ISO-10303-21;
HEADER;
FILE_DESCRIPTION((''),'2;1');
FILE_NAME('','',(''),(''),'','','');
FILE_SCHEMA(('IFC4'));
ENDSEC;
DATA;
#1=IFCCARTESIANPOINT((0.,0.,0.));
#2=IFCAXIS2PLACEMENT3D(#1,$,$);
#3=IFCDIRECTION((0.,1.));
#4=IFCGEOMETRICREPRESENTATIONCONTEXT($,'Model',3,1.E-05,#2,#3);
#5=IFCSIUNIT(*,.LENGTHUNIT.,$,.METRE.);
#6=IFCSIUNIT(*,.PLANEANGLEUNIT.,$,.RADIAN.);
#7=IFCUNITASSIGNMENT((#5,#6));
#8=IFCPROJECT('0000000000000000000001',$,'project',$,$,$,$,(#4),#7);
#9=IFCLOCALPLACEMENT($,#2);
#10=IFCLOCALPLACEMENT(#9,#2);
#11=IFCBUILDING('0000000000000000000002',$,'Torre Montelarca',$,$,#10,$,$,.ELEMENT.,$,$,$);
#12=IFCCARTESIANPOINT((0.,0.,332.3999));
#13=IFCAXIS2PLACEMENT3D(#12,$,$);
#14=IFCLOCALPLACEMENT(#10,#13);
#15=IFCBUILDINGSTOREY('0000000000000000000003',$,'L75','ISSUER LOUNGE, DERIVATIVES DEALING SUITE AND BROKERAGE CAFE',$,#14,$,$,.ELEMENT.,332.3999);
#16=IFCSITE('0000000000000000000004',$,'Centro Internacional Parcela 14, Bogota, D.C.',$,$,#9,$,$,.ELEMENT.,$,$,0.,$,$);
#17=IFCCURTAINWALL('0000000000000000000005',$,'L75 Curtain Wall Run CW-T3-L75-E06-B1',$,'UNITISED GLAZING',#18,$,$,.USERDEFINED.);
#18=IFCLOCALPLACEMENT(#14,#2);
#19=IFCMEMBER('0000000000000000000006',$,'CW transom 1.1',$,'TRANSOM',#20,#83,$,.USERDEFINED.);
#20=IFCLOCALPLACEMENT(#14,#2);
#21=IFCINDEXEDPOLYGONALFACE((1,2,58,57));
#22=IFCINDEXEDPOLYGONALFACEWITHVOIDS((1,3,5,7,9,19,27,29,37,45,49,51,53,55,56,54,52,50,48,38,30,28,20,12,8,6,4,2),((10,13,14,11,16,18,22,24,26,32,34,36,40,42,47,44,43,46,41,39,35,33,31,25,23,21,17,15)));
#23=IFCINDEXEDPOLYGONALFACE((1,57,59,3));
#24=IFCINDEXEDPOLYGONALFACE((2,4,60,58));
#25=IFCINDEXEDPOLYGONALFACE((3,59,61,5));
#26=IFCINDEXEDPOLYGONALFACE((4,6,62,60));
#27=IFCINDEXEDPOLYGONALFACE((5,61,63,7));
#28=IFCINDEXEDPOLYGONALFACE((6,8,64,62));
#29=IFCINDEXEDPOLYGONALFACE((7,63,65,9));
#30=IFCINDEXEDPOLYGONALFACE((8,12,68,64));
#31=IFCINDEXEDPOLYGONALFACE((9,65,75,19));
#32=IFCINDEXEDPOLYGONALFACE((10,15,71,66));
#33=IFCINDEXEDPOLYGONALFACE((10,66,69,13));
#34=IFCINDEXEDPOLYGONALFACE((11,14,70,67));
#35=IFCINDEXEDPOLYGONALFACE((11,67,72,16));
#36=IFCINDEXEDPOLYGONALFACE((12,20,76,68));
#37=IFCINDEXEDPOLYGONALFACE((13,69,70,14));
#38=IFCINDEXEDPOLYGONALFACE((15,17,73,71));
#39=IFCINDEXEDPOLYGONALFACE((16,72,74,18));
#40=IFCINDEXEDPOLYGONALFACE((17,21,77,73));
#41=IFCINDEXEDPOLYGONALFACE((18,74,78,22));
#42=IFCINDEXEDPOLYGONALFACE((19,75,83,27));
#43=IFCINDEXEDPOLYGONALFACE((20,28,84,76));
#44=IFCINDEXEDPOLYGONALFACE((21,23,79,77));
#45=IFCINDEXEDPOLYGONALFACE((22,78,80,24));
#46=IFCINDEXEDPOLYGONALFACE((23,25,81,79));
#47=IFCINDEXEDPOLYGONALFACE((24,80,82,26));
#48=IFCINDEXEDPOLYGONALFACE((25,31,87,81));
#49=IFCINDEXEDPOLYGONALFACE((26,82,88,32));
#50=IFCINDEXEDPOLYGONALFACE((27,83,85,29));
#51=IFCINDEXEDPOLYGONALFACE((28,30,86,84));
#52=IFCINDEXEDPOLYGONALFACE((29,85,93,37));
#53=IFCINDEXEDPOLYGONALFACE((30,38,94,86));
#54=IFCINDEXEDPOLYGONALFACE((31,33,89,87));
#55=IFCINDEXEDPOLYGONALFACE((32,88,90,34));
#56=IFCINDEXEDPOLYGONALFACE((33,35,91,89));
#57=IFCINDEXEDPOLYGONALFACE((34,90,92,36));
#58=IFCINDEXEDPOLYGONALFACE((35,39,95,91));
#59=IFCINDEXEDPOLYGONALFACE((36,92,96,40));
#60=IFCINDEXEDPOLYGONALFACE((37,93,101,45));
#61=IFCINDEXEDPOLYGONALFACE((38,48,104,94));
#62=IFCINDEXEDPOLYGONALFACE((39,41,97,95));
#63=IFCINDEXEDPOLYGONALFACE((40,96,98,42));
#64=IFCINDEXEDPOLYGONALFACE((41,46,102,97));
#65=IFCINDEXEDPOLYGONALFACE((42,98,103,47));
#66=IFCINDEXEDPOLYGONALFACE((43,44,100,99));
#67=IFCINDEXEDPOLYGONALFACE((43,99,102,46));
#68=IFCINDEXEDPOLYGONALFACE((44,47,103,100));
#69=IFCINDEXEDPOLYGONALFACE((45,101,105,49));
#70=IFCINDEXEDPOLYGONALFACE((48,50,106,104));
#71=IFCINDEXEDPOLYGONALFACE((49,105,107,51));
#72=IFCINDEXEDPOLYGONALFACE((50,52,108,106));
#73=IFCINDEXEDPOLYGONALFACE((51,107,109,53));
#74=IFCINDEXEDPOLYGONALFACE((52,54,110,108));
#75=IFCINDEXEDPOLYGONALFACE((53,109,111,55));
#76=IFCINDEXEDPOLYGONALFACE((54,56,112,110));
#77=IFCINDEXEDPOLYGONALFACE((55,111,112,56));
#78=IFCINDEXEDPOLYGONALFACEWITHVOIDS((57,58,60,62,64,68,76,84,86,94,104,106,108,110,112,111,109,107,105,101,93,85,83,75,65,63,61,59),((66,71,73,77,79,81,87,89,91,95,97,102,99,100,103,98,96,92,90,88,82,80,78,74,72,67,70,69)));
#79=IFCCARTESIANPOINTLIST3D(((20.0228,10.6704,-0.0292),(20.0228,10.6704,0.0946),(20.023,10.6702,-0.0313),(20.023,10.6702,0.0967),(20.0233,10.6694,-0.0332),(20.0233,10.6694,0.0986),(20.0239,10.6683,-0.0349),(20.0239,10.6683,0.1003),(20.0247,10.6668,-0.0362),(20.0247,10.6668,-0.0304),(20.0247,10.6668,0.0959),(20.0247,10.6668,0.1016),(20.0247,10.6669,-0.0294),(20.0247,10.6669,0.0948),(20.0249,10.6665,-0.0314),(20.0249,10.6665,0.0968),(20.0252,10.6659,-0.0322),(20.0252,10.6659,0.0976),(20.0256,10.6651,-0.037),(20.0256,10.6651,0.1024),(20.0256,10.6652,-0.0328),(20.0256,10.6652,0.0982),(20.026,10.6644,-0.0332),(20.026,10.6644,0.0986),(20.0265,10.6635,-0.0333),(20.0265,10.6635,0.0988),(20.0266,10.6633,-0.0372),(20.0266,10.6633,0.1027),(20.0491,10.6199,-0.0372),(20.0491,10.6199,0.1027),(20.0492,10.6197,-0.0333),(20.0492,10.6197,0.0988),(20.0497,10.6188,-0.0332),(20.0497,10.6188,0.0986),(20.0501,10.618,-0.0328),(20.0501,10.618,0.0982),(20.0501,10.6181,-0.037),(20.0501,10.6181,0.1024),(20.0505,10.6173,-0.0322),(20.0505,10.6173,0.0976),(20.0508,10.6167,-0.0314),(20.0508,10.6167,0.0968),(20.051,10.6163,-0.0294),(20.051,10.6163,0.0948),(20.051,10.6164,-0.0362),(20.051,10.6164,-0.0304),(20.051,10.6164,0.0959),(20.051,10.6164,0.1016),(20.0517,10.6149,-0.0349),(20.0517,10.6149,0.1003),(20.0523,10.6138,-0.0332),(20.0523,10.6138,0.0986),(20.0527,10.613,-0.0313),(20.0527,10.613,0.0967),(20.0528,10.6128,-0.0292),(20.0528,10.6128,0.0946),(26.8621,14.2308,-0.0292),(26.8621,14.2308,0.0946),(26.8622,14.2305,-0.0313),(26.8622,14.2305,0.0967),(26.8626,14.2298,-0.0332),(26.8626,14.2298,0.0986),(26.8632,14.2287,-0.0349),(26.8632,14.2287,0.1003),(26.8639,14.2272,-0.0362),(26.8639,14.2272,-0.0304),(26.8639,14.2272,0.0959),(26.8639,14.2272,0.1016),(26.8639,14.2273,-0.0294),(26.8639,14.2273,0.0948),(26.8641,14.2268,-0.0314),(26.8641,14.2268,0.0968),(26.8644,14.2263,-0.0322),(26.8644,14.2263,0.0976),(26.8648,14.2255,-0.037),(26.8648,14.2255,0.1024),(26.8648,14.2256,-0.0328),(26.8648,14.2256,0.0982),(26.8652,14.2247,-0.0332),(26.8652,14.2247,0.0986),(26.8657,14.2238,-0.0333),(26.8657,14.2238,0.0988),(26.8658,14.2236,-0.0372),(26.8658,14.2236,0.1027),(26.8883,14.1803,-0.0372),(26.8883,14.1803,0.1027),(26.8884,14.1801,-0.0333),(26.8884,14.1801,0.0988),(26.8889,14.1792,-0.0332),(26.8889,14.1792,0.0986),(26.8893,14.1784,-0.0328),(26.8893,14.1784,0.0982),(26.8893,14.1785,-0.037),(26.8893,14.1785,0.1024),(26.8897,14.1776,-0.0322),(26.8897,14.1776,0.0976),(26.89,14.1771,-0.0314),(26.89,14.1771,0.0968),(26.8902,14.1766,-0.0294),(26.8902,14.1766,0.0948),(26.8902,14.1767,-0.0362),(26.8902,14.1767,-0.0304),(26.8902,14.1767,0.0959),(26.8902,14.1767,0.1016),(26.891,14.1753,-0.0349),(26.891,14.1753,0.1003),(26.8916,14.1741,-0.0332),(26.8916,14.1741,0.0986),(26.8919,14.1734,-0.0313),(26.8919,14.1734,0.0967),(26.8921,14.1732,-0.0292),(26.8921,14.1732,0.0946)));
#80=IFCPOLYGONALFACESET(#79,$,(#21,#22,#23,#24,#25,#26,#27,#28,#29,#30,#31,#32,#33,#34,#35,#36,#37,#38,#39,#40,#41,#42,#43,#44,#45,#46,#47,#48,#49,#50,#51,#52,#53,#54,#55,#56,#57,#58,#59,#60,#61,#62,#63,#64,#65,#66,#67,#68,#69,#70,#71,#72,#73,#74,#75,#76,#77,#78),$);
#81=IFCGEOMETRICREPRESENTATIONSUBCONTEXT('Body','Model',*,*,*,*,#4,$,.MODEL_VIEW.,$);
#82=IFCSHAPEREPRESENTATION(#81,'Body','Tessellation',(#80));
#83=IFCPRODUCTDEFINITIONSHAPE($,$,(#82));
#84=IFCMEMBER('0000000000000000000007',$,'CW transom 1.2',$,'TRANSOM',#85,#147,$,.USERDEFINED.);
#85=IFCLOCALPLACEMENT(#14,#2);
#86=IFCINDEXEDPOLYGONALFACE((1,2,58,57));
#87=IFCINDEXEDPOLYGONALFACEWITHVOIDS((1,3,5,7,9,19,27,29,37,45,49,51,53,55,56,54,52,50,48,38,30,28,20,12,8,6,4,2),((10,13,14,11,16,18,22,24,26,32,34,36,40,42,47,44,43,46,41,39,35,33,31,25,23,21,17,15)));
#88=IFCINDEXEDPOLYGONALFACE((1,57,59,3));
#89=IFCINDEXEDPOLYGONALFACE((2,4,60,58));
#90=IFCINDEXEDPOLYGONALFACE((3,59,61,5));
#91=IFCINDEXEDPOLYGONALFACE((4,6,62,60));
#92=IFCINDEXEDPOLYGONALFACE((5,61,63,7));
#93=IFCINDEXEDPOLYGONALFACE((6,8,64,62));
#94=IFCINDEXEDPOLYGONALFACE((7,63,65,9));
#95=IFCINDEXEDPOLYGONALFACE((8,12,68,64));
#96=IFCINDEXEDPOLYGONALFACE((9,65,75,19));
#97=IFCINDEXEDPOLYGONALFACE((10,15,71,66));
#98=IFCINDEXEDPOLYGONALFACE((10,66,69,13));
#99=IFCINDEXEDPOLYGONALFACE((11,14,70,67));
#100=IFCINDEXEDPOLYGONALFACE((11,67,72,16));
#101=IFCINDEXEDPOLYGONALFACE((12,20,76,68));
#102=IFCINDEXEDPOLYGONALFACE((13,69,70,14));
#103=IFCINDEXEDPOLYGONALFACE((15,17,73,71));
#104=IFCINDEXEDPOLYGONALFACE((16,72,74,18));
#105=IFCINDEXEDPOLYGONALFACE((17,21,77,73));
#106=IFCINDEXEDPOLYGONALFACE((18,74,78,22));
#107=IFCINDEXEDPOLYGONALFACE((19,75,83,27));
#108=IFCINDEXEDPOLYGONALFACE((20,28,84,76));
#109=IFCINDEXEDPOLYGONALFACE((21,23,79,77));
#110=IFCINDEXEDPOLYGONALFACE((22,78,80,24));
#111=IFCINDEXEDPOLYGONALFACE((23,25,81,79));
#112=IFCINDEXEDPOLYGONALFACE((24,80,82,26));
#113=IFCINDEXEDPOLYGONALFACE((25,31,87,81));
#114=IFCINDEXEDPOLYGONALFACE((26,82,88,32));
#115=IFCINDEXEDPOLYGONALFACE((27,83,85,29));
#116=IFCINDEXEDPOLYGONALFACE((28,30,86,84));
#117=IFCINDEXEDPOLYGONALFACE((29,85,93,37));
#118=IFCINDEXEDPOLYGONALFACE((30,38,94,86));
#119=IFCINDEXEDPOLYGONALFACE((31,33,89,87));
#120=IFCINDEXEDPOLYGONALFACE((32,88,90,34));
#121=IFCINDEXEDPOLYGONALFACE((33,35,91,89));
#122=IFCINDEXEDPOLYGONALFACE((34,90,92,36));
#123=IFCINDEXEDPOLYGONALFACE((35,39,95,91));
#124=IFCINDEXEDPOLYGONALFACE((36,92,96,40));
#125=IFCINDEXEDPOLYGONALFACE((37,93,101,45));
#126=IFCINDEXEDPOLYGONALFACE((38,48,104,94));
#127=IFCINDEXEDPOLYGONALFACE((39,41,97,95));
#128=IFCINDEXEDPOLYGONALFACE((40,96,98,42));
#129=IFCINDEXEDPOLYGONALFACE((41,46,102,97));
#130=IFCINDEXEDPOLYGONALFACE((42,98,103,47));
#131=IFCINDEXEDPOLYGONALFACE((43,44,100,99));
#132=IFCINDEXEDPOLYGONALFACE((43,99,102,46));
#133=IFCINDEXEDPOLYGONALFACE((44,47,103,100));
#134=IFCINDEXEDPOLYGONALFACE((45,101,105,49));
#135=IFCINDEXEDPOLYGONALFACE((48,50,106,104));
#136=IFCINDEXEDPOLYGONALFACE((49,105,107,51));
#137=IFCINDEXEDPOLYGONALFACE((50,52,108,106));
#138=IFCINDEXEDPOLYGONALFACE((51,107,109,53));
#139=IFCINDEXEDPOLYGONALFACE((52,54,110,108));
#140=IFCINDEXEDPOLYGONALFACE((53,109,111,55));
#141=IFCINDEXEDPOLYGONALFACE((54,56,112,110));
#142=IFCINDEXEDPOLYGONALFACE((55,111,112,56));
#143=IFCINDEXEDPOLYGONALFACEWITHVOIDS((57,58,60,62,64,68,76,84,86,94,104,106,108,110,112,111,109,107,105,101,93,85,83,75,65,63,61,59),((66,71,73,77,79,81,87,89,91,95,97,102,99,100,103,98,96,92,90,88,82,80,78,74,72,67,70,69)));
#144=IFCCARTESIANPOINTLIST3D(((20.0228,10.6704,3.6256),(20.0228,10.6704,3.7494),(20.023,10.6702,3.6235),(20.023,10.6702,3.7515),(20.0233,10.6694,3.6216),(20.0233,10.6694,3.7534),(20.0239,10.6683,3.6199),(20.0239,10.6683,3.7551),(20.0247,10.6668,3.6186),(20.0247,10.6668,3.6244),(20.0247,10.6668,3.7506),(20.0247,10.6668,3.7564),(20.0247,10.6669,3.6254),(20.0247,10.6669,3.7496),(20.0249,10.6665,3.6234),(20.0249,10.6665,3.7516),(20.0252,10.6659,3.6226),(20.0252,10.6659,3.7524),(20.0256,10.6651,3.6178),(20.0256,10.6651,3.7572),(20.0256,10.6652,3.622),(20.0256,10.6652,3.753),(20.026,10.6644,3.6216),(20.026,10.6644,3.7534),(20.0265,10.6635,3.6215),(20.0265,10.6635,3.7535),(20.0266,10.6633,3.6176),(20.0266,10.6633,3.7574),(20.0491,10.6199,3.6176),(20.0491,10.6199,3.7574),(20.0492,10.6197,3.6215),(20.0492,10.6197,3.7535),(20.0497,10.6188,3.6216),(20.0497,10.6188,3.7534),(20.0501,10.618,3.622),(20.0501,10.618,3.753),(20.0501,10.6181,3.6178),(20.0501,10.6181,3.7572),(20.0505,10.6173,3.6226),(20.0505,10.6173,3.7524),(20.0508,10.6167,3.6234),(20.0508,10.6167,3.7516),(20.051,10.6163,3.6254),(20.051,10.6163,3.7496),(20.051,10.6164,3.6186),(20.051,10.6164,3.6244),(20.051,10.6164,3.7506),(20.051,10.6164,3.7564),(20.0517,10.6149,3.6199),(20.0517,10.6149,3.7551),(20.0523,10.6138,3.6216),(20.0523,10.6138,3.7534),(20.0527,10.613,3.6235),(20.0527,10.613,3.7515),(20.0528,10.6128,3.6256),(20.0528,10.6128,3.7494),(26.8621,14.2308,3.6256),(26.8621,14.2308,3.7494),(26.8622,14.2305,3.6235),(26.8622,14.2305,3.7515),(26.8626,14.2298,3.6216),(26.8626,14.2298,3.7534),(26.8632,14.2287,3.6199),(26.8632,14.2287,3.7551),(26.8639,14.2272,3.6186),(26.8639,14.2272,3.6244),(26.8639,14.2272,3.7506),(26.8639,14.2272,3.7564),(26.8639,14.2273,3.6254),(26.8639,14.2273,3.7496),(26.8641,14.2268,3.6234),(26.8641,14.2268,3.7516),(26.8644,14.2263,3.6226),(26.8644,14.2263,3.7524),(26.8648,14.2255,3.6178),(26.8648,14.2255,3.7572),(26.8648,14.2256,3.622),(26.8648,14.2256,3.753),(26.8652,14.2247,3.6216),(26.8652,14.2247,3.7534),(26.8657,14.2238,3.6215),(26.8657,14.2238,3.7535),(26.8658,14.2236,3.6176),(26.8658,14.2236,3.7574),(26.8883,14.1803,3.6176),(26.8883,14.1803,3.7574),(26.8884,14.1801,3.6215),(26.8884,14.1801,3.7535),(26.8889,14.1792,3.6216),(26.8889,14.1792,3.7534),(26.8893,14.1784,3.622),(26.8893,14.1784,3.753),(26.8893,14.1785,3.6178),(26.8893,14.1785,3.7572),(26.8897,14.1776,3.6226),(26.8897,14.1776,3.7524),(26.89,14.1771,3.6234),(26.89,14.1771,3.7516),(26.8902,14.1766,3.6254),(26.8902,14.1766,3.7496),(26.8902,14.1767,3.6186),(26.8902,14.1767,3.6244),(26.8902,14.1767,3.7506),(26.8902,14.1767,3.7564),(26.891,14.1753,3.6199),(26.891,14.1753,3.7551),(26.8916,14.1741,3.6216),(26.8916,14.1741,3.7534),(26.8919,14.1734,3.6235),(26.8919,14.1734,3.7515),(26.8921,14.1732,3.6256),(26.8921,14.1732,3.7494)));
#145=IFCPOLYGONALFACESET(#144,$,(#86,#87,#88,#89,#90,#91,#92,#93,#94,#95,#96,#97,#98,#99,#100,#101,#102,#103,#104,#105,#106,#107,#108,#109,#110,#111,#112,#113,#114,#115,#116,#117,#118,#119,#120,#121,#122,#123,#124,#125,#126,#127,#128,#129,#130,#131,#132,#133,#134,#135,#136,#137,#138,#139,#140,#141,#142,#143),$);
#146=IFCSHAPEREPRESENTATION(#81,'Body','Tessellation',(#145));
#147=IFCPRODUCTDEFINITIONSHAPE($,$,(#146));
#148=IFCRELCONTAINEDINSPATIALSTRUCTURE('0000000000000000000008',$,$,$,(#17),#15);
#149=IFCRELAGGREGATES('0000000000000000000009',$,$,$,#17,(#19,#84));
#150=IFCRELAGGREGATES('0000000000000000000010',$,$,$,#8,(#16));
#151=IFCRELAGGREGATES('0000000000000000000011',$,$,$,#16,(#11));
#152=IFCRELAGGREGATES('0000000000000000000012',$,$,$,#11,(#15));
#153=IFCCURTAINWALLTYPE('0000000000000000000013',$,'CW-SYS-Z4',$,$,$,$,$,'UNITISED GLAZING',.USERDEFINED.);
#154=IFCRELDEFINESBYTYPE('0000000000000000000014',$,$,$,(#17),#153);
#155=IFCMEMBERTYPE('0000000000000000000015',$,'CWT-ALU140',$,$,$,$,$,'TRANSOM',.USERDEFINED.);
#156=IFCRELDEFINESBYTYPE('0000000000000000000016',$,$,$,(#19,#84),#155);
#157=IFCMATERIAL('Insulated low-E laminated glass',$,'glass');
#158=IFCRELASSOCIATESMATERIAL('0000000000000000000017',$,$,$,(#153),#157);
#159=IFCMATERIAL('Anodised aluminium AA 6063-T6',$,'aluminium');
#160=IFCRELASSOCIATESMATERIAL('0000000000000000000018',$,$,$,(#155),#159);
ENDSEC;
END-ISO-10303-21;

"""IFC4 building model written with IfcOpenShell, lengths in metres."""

from ifc_helpers import new_model, si_unit, direction, frame, origin, origin_2d, place, context, subcontext, project, spatial, hollow_rectangle, extrude, source, transform, mapped, material, material_profile, profile_set, type_object, element, aggregate, save


model = new_model("IFC4")

# Units and contexts
model_context = context("Model", 3, precision=1e-05, world=origin(), true_north=direction((0.0, 1.0)))
body_context = subcontext(model_context, "Body", "Model", "MODEL_VIEW")
ifc_project = project(units=[si_unit("LENGTHUNIT", "METRE"), si_unit("PLANEANGLEUNIT", "RADIAN")], contexts=[model_context])

# Site, building, storey
site_placement = place(None, origin())
site = spatial("IfcSite", under=ifc_project, at=site_placement, Name="Centro Internacional Parcela 14, Bogota, D.C.", CompositionType="ELEMENT", RefElevation=0.0)
building_placement = place(site_placement, origin())
building = spatial("IfcBuilding", under=site, at=building_placement, Name="Torre Montelarca", CompositionType="ELEMENT")
storey_placement = place(building_placement, frame((0.0, 0.0, 332.3999)))
storey = spatial("IfcBuildingStorey", under=building, at=storey_placement, Name="L75", Description="ISSUER LOUNGE, DERIVATIVES DEALING SUITE AND BROKERAGE CAFE", CompositionType="ELEMENT", Elevation=332.3999)

# Curtain wall, members
ifc_material_1 = material(Name="Insulated low-E laminated glass", Category="glass")
curtain_wall_type = type_object("IfcCurtainWallType", Name="CW-SYS-Z4", ElementType="UNITISED GLAZING", PredefinedType="USERDEFINED", material=ifc_material_1)
curtain_wall_placement = place(storey_placement, origin())
curtain_wall = element("IfcCurtainWall", 1, at=curtain_wall_placement, inside=storey, type_object=curtain_wall_type, Name="L75 Curtain Wall Run CW-T3-L75-E06-B1", ObjectType="UNITISED GLAZING", PredefinedType="USERDEFINED")
ifc_material_2 = material(Name="Anodised aluminium AA 6063-T6", Category="aluminium")
ifc_material_profile_1 = material_profile(ifc_material_2, hollow_rectangle(XDim=0.0649, YDim=0.1399, WallThickness=0.0039, InnerFilletRadius=0.0039, OuterFilletRadius=0.0081, at=origin_2d()), Name="ALU65X140X4", Category="aluminium")
ifc_profile_set_1 = profile_set([ifc_material_profile_1], Name="Anodised aluminium AA 6063-T6")
member_type_1 = type_object("IfcMemberType", Name="CWT-ALU140", ElementType="TRANSOM", PredefinedType="USERDEFINED", material=ifc_profile_set_1)
shared_shape_1 = source(origin(), body_context, "Body", "SweptSolid", [
    extrude(hollow_rectangle(XDim=0.0649, YDim=0.1399, WallThickness=0.0039, InnerFilletRadius=0.0039, OuterFilletRadius=0.0081, at=origin_2d()), origin(), (0.0, 0.0, 1.0), 7.7104),
])
member_1_placement = place(storey_placement, frame((20.0378, 10.6416, 0.0327), z_axis=(0.887006, 0.461757, 0.0), x_axis=(-0.461757, 0.887006, 0.0)))
member_1 = element("IfcMember", 2, at=member_1_placement, type_object=member_type_1, Name="CW transom 1.1", ObjectType="TRANSOM", PredefinedType="USERDEFINED", context=body_context, shape_type="MappedRepresentation", body=[
    mapped(shared_shape_1, transform((0.0, 0.0, 0.0), scale=1.0)),
])
member_2_placement = place(storey_placement, frame((20.0378, 10.6416, 3.6875), z_axis=(0.887006, 0.461757, 0.0), x_axis=(-0.461757, 0.887006, 0.0)))
member_2 = element("IfcMember", 3, at=member_2_placement, type_object=member_type_1, Name="CW transom 1.2", ObjectType="TRANSOM", PredefinedType="USERDEFINED", context=body_context, shape_type="MappedRepresentation", body=[
    mapped(shared_shape_1, transform((0.0, 0.0, 0.0), scale=1.0)),
])
aggregate(curtain_wall, [member_1, member_2])

save(model, "model.ifc")
